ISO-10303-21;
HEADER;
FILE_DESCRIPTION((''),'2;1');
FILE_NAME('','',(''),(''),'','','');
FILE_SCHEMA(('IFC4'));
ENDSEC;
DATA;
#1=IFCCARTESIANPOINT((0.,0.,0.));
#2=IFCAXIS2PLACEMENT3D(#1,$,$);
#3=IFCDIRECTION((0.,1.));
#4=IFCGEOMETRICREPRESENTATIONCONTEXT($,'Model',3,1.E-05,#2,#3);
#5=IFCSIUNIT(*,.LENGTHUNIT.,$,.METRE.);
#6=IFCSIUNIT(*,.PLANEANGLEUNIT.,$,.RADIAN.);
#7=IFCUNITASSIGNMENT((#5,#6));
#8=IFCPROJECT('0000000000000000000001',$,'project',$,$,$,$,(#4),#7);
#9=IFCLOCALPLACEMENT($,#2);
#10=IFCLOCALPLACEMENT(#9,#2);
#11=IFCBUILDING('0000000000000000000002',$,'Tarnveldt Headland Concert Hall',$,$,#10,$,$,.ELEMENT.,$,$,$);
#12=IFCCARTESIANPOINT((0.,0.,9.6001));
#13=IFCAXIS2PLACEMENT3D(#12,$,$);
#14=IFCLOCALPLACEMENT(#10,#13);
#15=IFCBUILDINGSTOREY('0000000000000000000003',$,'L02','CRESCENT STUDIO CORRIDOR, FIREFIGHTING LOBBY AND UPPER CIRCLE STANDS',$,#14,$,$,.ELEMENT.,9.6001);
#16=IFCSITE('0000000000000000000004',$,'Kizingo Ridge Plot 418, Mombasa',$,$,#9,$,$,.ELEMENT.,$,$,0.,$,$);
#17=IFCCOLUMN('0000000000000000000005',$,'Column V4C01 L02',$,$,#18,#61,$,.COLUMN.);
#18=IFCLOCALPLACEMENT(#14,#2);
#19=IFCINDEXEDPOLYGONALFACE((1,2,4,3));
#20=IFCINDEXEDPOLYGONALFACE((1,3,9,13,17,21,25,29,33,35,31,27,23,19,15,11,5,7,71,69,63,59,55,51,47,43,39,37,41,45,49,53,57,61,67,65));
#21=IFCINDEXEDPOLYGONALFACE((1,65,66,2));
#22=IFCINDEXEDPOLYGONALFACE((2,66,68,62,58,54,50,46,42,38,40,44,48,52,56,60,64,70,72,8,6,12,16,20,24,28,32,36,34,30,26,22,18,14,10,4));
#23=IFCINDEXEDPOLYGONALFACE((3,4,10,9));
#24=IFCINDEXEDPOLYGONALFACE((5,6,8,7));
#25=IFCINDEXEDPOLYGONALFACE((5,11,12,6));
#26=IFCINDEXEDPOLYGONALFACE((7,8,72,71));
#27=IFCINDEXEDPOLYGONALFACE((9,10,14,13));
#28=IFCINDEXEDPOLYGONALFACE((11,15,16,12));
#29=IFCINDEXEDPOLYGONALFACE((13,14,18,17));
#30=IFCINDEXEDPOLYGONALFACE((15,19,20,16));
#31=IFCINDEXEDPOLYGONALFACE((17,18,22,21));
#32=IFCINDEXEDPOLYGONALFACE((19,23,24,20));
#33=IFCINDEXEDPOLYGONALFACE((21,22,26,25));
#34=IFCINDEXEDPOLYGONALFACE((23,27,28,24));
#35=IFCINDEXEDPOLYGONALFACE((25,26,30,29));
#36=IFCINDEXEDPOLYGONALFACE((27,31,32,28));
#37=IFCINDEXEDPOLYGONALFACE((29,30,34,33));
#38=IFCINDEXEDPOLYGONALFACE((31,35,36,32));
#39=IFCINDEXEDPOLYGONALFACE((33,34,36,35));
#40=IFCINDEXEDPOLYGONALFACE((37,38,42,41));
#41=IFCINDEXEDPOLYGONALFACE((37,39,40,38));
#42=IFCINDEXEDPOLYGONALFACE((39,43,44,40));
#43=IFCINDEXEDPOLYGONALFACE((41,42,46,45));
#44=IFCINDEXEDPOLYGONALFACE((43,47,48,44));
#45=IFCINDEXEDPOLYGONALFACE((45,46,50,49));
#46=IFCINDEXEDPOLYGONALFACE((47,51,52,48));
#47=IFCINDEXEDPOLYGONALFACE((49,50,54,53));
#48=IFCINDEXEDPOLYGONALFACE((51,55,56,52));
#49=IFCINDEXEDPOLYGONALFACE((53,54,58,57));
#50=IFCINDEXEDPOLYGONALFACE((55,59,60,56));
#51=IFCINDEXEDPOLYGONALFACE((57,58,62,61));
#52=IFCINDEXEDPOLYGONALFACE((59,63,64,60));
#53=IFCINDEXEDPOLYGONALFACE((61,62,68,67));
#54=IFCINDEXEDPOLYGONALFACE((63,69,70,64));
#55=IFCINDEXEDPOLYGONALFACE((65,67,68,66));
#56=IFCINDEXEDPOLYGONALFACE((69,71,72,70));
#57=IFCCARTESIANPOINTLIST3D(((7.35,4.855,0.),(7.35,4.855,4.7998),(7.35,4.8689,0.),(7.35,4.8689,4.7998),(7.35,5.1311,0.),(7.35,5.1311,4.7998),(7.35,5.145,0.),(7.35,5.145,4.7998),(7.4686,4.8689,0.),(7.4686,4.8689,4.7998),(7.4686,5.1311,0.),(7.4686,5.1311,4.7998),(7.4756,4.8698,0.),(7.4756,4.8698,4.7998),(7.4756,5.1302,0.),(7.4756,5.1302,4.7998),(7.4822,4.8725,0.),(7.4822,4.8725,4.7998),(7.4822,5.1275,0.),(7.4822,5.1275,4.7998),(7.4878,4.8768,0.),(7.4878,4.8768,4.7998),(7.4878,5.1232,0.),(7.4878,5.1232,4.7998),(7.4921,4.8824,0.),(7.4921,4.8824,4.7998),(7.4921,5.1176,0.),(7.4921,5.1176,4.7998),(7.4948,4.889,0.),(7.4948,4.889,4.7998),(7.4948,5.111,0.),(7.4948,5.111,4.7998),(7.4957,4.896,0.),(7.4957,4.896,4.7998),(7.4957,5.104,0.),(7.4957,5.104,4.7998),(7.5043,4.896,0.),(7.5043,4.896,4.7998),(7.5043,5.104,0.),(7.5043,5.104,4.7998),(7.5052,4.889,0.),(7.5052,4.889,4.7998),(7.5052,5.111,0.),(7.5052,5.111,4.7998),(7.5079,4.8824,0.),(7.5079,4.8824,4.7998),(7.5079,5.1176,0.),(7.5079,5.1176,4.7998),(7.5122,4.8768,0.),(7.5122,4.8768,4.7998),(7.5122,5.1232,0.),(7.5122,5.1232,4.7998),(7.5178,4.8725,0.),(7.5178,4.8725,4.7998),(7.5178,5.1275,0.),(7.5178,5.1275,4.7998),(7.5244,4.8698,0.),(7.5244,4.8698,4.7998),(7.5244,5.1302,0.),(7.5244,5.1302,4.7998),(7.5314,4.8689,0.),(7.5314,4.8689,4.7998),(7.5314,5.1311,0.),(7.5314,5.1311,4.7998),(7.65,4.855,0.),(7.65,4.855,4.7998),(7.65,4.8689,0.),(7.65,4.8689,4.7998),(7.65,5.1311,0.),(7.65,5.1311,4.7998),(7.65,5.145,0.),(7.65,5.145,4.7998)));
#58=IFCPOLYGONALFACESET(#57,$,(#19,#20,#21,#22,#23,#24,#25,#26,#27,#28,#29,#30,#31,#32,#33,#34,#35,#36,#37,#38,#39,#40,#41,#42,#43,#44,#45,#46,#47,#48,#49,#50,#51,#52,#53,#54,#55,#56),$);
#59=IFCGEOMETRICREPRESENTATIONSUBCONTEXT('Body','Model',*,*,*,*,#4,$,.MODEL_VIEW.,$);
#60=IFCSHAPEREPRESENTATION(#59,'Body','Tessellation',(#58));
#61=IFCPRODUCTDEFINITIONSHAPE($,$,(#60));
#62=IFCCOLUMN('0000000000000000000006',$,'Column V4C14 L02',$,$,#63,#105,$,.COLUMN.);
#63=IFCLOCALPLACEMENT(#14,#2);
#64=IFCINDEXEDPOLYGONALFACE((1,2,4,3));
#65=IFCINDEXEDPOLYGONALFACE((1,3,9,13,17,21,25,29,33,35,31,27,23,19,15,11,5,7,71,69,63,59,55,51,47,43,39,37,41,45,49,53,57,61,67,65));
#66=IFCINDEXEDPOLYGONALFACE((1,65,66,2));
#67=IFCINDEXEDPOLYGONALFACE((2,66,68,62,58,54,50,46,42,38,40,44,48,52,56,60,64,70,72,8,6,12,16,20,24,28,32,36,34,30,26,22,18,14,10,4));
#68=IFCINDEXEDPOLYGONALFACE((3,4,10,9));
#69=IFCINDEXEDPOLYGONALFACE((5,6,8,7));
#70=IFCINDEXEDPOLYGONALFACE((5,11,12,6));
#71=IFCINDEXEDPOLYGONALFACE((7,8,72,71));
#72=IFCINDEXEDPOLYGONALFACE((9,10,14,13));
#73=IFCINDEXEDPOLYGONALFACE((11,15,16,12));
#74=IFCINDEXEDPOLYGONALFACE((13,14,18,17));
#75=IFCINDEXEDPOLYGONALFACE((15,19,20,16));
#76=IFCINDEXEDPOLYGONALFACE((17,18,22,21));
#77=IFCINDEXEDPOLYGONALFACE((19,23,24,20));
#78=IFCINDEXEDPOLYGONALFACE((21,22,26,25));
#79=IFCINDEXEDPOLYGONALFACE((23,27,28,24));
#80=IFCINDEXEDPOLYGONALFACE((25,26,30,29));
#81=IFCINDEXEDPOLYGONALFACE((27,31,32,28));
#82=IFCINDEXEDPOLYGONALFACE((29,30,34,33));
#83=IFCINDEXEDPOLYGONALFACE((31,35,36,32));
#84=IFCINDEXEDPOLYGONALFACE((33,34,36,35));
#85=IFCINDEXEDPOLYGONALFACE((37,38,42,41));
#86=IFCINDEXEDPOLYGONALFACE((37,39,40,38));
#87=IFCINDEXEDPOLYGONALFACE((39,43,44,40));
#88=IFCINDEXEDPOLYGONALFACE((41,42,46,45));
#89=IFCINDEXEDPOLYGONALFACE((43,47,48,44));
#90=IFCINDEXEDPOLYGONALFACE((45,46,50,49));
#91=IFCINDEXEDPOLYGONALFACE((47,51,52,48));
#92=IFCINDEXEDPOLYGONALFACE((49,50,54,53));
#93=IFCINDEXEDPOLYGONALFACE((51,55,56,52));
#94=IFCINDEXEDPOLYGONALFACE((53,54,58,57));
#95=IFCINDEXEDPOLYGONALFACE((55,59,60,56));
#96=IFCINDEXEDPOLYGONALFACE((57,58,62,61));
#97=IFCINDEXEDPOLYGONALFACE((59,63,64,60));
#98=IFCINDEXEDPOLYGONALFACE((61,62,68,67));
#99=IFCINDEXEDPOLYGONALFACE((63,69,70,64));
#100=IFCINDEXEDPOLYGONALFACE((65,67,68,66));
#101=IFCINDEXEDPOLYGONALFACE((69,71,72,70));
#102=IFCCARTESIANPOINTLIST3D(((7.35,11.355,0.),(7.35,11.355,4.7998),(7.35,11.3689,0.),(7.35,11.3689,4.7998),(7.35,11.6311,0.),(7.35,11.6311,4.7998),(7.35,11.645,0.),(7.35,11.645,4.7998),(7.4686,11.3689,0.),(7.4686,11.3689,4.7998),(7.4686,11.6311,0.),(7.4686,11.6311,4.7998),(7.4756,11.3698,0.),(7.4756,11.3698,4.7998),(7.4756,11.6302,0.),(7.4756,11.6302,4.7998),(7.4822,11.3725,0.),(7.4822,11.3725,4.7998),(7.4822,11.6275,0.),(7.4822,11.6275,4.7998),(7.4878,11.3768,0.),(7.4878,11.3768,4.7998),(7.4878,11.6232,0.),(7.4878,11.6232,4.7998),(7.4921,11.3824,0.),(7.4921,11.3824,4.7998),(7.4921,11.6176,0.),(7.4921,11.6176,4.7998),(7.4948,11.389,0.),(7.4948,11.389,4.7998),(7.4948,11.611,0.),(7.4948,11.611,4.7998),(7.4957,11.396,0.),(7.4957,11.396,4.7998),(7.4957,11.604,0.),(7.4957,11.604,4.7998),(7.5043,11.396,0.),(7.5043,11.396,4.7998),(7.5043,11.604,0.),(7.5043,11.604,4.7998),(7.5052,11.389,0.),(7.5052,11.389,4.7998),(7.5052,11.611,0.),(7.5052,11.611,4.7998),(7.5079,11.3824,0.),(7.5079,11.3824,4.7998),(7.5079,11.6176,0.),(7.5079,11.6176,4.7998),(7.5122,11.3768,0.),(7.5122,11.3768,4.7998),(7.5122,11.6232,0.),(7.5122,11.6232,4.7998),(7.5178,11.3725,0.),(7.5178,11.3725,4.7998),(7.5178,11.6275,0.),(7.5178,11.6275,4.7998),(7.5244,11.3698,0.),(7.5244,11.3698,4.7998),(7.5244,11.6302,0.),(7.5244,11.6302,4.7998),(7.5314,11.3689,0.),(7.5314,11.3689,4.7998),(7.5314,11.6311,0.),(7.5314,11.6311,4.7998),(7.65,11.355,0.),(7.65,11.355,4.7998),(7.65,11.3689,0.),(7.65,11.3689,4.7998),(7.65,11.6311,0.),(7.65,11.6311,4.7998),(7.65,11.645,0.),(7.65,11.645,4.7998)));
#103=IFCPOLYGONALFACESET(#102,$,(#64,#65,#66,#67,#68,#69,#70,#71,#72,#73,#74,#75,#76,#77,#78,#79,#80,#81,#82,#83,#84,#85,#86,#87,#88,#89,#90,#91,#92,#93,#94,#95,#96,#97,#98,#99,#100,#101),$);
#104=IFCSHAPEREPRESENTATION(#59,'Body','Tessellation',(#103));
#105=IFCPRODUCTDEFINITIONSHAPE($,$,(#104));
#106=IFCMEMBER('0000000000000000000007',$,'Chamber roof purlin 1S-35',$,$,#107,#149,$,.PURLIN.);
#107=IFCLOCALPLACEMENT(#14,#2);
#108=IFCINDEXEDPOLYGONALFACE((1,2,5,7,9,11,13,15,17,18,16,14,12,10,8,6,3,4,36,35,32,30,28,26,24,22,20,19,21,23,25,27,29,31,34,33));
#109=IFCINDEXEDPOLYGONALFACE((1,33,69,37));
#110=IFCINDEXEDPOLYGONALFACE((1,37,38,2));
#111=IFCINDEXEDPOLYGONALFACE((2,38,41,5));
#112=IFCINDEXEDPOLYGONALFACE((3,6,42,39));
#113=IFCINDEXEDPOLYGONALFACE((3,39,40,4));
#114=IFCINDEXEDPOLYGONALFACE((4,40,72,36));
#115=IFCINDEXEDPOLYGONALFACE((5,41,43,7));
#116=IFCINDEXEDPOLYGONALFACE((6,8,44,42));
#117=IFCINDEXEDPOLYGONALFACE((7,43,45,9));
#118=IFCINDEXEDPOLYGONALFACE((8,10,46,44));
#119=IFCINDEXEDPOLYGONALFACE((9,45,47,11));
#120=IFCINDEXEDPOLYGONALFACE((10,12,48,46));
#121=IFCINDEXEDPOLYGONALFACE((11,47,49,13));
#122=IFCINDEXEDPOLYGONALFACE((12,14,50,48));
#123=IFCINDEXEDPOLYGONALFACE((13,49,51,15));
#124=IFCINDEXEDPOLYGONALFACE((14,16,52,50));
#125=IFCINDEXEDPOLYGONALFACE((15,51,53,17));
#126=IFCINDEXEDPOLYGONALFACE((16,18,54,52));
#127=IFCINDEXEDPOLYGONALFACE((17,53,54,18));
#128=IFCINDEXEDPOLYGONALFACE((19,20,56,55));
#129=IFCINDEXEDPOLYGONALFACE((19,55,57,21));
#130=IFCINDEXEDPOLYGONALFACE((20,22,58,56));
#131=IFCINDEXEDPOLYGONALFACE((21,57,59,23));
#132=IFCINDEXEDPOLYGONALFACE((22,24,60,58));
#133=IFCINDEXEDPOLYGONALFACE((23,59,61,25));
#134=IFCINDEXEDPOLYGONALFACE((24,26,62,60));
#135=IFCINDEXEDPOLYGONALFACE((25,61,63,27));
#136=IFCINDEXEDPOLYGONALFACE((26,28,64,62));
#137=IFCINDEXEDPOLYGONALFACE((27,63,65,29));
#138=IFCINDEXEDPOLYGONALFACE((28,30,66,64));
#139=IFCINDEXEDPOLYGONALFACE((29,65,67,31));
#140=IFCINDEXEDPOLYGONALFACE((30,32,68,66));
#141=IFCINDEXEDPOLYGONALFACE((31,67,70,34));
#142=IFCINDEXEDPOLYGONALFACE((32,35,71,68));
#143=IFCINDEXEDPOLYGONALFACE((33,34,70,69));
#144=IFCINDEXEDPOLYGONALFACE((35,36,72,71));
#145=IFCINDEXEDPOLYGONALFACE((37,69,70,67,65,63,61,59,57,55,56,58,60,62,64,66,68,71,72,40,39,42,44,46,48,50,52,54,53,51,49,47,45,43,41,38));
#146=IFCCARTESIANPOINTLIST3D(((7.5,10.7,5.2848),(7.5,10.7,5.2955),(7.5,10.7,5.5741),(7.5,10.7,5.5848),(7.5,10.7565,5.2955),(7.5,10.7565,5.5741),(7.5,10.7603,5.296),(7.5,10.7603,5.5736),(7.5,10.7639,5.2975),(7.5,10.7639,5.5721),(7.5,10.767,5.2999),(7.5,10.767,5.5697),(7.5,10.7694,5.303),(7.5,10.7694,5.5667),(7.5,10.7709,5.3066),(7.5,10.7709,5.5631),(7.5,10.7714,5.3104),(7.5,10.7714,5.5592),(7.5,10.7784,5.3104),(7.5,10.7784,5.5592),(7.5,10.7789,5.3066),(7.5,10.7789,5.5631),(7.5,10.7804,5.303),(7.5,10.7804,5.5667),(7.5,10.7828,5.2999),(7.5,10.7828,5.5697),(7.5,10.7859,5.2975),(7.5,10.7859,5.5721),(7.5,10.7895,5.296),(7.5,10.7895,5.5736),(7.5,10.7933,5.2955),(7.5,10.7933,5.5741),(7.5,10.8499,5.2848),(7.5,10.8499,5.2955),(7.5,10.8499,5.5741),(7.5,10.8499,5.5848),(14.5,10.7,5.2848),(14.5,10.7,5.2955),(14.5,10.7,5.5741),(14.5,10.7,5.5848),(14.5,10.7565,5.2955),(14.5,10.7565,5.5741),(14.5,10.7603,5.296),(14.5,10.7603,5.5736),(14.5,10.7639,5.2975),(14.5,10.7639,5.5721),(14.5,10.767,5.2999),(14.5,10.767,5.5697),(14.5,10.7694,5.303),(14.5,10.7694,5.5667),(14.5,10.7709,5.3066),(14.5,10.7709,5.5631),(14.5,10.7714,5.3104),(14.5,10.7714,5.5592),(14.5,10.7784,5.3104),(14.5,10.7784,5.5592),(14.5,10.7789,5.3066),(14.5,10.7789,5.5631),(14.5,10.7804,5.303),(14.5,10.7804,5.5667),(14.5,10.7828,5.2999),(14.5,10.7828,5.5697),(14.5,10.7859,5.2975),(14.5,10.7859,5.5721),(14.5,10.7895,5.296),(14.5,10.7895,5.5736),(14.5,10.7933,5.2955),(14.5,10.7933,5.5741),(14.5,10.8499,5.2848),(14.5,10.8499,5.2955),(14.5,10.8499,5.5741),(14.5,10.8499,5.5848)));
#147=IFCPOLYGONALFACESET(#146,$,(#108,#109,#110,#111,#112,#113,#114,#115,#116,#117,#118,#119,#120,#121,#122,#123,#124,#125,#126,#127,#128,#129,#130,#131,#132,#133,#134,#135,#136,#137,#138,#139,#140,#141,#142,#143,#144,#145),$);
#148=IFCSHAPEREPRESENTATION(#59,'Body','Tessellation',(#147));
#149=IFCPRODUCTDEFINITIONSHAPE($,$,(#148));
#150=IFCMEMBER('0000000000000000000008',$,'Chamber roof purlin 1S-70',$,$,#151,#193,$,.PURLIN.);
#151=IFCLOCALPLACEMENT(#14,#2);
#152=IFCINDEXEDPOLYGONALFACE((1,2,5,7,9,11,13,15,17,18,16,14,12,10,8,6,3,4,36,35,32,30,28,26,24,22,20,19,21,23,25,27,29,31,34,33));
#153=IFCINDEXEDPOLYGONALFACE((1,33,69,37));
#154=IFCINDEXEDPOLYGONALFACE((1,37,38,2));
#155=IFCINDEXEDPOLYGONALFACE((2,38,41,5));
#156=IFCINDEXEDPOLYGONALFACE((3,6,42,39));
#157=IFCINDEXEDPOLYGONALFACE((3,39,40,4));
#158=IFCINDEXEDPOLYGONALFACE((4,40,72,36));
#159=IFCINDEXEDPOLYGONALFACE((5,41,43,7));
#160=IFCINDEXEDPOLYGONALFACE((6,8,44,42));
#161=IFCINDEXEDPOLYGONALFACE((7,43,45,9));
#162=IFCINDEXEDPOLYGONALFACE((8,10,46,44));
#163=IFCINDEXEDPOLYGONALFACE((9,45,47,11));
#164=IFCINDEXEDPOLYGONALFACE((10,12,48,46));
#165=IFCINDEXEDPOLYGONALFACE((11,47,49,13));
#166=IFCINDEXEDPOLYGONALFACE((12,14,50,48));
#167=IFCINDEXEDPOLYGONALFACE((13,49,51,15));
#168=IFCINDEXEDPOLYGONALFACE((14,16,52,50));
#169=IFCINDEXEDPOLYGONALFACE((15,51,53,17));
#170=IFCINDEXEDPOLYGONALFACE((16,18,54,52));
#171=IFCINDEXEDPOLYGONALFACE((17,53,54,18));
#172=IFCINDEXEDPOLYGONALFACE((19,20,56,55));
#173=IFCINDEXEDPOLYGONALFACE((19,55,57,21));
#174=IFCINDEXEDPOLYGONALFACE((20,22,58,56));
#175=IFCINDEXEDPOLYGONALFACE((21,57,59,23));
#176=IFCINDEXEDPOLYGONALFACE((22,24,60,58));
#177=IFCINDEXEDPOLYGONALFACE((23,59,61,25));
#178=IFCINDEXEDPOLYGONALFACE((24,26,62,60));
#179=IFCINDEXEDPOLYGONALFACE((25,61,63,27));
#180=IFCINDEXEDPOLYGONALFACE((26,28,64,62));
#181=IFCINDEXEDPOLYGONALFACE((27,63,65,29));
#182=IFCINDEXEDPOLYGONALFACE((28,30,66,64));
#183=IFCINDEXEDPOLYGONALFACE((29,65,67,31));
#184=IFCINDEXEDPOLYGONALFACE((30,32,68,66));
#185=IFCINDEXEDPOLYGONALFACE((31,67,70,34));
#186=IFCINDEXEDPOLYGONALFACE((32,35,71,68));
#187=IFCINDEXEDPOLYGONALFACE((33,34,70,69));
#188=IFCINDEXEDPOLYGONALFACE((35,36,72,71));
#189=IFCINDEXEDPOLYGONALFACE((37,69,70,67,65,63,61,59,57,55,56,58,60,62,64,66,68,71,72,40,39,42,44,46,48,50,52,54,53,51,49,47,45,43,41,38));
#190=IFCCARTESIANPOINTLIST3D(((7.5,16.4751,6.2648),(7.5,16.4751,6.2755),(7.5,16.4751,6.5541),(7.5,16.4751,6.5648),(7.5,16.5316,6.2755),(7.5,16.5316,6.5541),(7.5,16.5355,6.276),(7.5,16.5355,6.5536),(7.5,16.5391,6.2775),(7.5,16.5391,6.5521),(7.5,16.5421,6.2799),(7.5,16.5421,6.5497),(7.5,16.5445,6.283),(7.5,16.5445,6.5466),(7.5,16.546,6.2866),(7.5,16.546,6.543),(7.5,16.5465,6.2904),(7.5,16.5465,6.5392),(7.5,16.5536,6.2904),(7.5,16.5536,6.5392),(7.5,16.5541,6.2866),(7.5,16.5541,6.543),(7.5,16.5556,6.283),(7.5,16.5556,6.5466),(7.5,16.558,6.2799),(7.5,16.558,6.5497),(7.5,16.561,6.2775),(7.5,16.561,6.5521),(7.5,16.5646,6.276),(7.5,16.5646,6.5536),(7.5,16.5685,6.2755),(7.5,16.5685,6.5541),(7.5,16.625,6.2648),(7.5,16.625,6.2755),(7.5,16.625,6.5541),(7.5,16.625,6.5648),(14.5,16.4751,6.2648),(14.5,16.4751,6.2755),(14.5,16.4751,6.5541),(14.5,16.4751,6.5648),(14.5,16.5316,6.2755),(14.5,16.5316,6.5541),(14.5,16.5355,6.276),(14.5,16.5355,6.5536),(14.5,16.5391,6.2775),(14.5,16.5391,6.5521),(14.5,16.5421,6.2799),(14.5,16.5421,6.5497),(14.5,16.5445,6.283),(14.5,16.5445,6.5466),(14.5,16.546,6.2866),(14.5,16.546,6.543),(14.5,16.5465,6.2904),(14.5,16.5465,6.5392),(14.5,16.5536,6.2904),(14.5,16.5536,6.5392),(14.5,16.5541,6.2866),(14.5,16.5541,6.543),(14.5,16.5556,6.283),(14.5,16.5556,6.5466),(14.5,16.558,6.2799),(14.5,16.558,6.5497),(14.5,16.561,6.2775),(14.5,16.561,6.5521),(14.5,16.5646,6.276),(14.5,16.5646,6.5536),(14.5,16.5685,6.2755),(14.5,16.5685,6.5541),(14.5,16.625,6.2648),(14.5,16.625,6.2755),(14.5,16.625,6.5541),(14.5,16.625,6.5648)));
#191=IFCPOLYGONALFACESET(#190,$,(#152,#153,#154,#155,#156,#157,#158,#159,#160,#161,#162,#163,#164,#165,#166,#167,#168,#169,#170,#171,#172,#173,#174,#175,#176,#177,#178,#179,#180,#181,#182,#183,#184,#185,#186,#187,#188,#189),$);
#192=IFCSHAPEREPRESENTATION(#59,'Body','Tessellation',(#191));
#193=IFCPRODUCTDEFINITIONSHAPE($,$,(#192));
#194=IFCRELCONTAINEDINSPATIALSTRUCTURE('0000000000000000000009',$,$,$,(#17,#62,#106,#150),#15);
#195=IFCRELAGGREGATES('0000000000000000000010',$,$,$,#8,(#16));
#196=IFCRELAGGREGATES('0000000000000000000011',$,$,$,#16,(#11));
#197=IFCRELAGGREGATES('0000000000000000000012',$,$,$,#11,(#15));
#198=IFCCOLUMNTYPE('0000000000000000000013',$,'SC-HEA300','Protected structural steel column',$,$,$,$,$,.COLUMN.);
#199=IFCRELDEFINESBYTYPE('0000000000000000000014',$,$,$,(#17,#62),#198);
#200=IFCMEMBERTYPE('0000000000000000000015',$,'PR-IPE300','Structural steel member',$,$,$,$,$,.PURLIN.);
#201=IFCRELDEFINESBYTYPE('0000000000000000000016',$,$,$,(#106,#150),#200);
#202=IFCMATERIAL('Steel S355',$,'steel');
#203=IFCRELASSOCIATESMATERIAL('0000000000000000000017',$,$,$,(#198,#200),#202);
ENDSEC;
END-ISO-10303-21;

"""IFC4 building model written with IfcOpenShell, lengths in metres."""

from ifc_helpers import new_model, si_unit, direction, frame, origin, origin_2d, place, context, subcontext, project, spatial, i_section, extrude, material, material_profile, profile_set, type_object, element, save


model = new_model("IFC4")

# Units and contexts
model_context = context("Model", 3, precision=1e-05, world=origin(), true_north=direction((0.0, 1.0)))
body_context = subcontext(model_context, "Body", "Model", "MODEL_VIEW")
ifc_project = project(units=[si_unit("LENGTHUNIT", "METRE"), si_unit("PLANEANGLEUNIT", "RADIAN")], contexts=[model_context])

# Site, building, storey
site_placement = place(None, origin())
site = spatial("IfcSite", under=ifc_project, at=site_placement, Name="Kizingo Ridge Plot 418, Mombasa", CompositionType="ELEMENT", RefElevation=0.0)
building_placement = place(site_placement, origin())
building = spatial("IfcBuilding", under=site, at=building_placement, Name="Tarnveldt Headland Concert Hall", CompositionType="ELEMENT")
storey_placement = place(building_placement, frame((0.0, 0.0, 9.6001)))
storey = spatial("IfcBuildingStorey", under=building, at=storey_placement, Name="L02", Description="CRESCENT STUDIO CORRIDOR, FIREFIGHTING LOBBY AND UPPER CIRCLE STANDS", CompositionType="ELEMENT", Elevation=9.6001)

# Columns
ifc_material_1 = material(Name="Steel S355", Category="steel")
ifc_material_profile_1 = material_profile(ifc_material_1, i_section(OverallWidth=0.3, OverallDepth=0.29, WebThickness=0.0085, FlangeThickness=0.0139, FilletRadius=0.0271, at=origin_2d()), Name="HEA300", Category="steel")
ifc_profile_set_1 = profile_set([ifc_material_profile_1], Name="Steel S355")
column_type = type_object("IfcColumnType", Name="SC-HEA300", Description="Protected structural steel column", PredefinedType="COLUMN", material=ifc_profile_set_1)
for number, where, z_axis, x_axis, name in (
    (1, (7.5, 5.0, 0.0), (0.0, 0.0, 1.0), (1.0, 0.0, 0.0), "Column V4C01 L02"),
    (2, (7.5, 11.5, 0.0), (0.0, 0.0, 1.0), (1.0, 0.0, 0.0), "Column V4C14 L02"),
):
    element("IfcColumn", number, at=place(storey_placement, frame(where, z_axis=z_axis, x_axis=x_axis)), inside=storey, type_object=column_type, Name=name, PredefinedType="COLUMN", context=body_context, shape_type="SweptSolid", body=[
        extrude(i_section(OverallWidth=0.3, OverallDepth=0.29, WebThickness=0.0085, FlangeThickness=0.0139, FilletRadius=0.0271, at=origin_2d()), origin(), (0.0, 0.0, 1.0), 4.7998),
    ])

# Members
ifc_material_profile_2 = material_profile(ifc_material_1, i_section(OverallWidth=0.1499, OverallDepth=0.3, WebThickness=0.0071, FlangeThickness=0.0107, FilletRadius=0.0149, at=origin_2d()), Name="IPE300", Category="steel")
ifc_profile_set_2 = profile_set([ifc_material_profile_2], Name="Steel S355")
member_type_1 = type_object("IfcMemberType", Name="PR-IPE300", Description="Structural steel member", PredefinedType="PURLIN", material=ifc_profile_set_2)
for number, where, z_axis, x_axis, name in (
    (3, (7.5, 10.7749, 5.4348), (1.0, 0.0, 0.0), (0.0, 1.0, 0.0), "Chamber roof purlin 1S-35"),
    (4, (7.5, 16.55, 6.4148), (1.0, 0.0, 0.0), (0.0, 1.0, 0.0), "Chamber roof purlin 1S-70"),
):
    element("IfcMember", number, at=place(storey_placement, frame(where, z_axis=z_axis, x_axis=x_axis)), inside=storey, type_object=member_type_1, Name=name, PredefinedType="PURLIN", context=body_context, shape_type="SweptSolid", body=[
        extrude(i_section(OverallWidth=0.1499, OverallDepth=0.3, WebThickness=0.0071, FlangeThickness=0.0107, FilletRadius=0.0149, at=origin_2d()), origin(), (0.0, 0.0, 1.0), 7.0),
    ])

save(model, "model.ifc")
